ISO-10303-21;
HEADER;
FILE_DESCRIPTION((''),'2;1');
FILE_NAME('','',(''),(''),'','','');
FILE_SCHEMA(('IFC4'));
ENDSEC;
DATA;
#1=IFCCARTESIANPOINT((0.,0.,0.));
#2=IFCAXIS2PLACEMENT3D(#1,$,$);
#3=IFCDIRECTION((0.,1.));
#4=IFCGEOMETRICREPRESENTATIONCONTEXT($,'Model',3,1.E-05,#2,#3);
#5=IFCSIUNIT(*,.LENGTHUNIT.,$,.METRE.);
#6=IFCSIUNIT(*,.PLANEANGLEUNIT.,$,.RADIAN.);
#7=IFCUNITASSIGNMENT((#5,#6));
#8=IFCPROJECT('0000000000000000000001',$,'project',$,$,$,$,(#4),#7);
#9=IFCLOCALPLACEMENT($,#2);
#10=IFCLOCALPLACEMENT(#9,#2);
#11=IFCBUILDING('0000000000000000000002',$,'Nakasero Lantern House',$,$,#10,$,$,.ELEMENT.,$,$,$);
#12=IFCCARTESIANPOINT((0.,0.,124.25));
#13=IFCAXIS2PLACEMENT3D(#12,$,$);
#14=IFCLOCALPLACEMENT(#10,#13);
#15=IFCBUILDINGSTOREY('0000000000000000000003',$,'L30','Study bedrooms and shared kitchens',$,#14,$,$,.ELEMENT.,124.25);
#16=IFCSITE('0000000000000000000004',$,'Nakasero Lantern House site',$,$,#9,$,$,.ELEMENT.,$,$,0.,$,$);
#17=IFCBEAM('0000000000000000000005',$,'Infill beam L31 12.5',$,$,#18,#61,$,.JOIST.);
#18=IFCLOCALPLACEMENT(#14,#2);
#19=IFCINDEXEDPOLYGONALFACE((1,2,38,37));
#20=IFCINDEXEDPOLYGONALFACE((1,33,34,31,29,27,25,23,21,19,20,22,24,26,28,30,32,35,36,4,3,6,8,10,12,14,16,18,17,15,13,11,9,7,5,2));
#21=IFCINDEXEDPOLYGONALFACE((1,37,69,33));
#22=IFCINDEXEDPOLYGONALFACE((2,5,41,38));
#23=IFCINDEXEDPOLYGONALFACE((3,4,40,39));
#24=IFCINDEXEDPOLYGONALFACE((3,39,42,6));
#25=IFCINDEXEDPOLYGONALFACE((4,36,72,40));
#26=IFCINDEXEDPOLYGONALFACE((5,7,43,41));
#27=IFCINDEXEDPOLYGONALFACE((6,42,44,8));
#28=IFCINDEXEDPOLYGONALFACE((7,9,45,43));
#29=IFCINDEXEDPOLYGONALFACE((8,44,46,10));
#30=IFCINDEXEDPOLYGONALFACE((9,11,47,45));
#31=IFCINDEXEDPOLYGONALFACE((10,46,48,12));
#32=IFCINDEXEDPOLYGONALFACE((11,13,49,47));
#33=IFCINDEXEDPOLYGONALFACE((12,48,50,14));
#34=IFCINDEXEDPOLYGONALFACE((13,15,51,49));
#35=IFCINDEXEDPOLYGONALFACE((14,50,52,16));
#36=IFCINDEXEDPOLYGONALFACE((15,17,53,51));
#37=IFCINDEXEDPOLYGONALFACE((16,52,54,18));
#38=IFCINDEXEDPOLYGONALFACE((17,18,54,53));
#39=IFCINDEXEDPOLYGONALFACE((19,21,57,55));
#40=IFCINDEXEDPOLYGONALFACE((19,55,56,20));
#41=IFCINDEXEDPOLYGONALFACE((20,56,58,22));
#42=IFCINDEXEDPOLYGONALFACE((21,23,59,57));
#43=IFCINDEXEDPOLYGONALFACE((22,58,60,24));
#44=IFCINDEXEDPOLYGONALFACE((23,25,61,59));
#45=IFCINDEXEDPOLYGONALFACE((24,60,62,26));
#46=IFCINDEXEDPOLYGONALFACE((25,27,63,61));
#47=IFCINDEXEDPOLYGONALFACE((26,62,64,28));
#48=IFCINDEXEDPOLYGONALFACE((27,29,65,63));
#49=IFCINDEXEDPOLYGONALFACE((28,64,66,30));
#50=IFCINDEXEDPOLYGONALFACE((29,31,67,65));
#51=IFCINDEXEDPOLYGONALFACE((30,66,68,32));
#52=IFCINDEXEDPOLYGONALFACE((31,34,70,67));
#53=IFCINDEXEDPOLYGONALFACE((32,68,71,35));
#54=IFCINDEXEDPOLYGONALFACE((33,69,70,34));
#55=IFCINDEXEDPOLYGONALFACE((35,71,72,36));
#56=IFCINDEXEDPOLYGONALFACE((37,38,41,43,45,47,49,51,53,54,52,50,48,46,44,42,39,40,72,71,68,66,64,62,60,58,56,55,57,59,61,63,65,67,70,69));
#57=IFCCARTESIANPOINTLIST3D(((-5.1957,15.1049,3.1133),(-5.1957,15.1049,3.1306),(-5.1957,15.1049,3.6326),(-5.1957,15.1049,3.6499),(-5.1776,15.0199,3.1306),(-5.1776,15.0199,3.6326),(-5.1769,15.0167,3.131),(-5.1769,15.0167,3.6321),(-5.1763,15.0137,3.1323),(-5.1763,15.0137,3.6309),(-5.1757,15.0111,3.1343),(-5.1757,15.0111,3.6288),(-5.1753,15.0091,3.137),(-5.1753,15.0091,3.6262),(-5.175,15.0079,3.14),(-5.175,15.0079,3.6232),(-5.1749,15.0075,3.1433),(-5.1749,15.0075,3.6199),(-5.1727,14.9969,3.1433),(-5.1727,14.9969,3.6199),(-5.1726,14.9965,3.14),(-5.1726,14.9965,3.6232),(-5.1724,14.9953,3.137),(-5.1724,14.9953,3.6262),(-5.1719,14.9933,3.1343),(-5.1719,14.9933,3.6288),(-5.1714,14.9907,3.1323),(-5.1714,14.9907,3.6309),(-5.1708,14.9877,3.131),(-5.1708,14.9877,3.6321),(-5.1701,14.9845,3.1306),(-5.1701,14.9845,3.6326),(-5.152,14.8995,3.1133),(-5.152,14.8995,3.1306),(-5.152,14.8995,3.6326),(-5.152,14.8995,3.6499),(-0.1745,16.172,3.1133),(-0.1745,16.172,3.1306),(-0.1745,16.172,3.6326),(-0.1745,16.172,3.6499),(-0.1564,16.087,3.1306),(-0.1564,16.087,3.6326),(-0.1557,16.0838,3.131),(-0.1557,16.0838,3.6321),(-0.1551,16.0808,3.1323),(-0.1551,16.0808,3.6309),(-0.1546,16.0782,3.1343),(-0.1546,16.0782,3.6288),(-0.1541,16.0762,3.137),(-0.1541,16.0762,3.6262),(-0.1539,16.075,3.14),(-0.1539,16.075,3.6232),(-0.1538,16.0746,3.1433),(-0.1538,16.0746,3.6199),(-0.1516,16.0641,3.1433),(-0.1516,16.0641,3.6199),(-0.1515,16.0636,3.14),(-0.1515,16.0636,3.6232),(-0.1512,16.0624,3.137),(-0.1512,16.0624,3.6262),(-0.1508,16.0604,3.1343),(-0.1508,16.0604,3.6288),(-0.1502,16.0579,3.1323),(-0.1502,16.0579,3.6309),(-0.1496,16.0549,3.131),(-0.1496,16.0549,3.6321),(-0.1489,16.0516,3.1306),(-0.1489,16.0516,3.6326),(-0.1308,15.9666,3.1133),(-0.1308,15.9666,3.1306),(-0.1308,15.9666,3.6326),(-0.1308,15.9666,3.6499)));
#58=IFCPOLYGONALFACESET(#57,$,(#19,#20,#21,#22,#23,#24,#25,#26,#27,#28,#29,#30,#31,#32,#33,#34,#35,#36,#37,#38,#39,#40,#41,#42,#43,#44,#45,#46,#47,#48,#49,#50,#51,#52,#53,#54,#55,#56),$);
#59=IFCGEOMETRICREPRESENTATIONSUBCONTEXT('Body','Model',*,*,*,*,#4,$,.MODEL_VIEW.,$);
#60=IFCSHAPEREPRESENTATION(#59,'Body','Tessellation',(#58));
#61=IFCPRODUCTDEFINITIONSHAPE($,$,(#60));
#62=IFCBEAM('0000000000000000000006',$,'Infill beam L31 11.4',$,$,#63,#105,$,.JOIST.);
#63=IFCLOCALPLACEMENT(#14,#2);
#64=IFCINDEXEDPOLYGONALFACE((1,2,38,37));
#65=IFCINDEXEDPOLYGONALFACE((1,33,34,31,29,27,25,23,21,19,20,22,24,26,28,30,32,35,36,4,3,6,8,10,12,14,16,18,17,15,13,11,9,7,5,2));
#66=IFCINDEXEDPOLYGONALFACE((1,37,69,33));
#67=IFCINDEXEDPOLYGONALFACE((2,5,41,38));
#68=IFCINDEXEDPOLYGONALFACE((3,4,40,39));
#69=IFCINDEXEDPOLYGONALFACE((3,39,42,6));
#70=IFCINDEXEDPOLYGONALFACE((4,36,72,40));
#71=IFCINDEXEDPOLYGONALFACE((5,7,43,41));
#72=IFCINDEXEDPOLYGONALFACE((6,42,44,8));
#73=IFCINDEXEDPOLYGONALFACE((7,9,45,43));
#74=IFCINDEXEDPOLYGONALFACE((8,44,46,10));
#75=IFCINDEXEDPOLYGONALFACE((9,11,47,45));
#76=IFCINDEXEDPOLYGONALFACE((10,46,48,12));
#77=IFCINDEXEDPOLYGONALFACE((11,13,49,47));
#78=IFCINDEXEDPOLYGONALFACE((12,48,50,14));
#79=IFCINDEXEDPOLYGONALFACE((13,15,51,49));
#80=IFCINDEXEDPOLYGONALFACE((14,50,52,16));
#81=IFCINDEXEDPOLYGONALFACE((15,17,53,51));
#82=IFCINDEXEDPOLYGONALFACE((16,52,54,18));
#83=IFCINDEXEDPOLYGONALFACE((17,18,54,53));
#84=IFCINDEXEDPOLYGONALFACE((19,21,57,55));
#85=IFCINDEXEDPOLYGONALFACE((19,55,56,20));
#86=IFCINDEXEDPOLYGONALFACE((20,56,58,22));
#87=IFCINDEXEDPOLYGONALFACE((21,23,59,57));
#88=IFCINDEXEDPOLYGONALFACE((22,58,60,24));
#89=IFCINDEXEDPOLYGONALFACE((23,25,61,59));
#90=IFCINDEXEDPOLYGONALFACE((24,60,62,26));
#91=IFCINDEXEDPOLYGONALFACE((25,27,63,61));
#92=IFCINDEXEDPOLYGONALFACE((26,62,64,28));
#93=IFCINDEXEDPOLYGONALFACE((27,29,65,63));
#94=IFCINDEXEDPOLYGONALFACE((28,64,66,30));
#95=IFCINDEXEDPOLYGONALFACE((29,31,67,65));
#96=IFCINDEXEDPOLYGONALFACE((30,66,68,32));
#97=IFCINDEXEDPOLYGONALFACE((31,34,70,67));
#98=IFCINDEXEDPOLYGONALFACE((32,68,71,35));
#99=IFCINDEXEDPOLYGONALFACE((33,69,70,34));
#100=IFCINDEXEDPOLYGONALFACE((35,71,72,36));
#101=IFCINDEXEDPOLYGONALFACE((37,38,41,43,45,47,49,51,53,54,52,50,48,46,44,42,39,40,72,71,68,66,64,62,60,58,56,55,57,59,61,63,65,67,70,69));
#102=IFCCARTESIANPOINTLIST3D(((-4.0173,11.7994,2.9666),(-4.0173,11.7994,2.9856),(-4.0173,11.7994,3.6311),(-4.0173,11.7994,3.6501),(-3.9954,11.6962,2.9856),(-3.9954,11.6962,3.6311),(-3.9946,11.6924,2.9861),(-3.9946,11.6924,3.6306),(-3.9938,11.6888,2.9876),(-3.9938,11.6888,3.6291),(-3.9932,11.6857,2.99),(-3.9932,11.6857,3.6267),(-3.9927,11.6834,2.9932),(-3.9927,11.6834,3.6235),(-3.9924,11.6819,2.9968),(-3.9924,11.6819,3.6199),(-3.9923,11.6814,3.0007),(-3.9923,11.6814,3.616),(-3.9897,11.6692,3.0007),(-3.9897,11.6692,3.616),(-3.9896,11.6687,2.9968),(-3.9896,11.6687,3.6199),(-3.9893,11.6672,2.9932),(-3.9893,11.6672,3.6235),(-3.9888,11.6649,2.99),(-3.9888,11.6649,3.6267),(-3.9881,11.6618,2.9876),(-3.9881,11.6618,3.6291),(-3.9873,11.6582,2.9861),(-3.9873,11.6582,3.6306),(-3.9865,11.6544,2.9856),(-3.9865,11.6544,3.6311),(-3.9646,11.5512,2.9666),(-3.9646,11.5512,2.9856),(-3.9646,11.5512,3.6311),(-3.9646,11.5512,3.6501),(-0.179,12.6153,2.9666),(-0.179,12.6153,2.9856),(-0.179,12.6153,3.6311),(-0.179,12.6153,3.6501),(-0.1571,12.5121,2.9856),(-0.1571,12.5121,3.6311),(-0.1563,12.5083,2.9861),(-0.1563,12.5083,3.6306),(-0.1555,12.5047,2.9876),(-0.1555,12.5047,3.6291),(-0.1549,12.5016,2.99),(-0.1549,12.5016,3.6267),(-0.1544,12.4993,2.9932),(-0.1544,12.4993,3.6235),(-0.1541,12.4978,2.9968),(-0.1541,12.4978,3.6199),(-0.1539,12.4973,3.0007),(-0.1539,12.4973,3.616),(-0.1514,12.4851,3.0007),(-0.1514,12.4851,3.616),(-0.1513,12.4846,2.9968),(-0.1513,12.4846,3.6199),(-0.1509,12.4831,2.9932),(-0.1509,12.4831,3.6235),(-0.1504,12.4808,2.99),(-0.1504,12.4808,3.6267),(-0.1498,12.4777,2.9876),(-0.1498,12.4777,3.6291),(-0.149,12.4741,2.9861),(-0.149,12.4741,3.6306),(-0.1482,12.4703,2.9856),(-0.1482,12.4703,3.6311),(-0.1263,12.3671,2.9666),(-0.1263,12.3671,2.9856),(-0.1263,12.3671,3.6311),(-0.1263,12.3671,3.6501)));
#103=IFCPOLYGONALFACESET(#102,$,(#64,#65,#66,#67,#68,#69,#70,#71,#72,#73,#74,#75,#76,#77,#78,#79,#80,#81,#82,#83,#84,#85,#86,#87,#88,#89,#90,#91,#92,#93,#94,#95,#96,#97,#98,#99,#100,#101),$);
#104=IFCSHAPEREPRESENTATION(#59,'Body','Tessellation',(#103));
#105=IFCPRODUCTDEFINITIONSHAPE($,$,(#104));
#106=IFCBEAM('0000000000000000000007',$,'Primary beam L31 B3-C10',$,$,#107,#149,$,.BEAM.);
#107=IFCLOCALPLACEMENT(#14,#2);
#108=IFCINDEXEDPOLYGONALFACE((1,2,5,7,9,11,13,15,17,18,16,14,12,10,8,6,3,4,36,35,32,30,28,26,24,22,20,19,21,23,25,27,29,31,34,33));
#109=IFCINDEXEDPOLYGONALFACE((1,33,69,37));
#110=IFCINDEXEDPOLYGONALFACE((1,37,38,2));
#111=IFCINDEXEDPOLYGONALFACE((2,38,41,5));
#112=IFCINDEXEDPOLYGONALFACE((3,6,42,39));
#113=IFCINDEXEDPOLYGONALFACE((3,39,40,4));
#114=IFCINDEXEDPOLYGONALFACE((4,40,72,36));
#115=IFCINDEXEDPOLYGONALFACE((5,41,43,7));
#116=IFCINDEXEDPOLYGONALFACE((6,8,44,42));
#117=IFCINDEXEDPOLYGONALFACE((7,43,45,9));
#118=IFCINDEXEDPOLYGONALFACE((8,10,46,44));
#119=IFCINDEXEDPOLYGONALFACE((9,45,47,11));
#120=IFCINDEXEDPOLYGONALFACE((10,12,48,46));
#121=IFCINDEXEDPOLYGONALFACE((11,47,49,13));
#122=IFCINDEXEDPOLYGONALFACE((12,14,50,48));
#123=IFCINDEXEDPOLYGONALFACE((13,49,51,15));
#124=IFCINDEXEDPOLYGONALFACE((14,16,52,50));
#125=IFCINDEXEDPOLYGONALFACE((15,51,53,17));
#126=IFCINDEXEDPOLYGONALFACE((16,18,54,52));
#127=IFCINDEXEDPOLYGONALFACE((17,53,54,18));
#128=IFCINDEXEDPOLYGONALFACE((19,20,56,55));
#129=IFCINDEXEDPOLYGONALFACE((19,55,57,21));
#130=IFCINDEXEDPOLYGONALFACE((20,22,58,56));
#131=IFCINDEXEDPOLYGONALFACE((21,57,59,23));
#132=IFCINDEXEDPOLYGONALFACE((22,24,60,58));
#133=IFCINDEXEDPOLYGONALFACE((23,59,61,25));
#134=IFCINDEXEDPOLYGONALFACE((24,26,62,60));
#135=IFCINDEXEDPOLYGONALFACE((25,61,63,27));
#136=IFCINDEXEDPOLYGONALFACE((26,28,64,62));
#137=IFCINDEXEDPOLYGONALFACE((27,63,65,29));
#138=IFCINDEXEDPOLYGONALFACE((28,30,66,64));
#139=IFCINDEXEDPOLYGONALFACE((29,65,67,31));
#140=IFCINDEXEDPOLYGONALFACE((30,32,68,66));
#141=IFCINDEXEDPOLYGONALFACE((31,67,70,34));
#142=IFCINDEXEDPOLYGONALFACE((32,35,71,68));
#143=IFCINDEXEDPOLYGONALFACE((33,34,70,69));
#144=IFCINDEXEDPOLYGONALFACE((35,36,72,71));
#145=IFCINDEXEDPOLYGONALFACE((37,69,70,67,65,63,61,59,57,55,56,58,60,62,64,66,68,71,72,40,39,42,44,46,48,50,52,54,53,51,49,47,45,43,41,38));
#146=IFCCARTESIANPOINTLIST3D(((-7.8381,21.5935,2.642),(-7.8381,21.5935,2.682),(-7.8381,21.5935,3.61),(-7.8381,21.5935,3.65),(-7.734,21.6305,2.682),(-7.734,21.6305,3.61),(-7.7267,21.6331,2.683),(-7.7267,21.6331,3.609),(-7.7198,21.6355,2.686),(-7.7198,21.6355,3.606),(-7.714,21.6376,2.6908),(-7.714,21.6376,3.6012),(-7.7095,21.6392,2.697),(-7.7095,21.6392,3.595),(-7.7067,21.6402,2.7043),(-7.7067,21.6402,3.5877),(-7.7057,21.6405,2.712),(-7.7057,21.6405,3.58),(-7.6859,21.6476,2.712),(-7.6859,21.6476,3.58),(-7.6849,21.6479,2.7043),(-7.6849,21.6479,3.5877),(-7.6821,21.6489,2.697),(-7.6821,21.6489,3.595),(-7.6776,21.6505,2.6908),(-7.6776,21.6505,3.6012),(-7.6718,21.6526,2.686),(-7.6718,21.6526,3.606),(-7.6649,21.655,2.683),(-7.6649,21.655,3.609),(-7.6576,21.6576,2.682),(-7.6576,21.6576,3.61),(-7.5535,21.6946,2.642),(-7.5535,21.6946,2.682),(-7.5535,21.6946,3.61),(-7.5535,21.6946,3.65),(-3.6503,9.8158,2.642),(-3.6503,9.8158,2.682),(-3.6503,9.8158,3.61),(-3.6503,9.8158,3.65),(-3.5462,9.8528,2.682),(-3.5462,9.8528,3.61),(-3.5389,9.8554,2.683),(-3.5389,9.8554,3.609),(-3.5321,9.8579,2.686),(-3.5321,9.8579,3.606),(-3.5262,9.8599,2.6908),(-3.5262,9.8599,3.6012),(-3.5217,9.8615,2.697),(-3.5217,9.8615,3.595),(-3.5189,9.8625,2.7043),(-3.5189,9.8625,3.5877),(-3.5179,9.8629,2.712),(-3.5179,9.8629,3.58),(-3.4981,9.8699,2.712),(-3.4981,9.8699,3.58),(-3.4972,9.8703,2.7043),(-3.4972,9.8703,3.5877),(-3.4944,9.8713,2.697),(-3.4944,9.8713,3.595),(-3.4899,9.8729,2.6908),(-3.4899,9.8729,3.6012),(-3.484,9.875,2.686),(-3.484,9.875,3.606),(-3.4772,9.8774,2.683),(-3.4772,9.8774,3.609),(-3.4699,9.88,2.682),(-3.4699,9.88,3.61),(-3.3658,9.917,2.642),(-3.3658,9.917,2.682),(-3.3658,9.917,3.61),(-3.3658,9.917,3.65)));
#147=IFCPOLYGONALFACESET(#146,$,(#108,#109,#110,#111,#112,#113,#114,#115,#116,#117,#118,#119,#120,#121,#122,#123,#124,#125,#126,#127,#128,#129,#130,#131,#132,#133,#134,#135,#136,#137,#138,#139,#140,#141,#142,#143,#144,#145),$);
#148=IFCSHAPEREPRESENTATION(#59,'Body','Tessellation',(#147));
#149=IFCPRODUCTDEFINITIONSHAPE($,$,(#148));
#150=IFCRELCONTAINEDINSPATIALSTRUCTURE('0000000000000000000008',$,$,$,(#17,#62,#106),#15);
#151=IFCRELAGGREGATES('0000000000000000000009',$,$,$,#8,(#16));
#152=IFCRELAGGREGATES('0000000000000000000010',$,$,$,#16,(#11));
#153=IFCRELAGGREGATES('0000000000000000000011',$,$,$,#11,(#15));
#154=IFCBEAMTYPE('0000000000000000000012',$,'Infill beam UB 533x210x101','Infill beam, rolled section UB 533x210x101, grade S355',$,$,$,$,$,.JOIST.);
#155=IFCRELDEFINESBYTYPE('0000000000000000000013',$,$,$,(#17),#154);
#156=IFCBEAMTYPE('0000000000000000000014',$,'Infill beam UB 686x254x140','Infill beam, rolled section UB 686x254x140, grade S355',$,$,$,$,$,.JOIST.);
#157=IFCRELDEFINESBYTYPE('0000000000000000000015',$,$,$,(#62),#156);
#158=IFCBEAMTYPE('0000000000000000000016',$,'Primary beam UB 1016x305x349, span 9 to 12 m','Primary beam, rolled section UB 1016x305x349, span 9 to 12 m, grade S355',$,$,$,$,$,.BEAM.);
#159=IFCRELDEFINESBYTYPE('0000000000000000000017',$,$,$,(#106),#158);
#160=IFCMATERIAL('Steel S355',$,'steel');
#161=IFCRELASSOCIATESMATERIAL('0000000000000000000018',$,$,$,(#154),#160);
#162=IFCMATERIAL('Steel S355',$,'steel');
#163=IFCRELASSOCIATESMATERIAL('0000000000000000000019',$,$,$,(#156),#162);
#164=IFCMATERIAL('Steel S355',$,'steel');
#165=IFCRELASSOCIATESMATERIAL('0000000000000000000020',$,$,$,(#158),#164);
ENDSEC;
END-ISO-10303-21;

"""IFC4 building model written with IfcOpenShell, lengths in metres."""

from ifc_helpers import new_model, si_unit, direction, frame, origin, origin_2d, place, context, subcontext, project, spatial, i_section, extrude, material, material_profile, profile_set, type_object, element, save


model = new_model("IFC4")

# Units and contexts
model_context = context("Model", 3, precision=1e-05, world=origin(), true_north=direction((0.0, 1.0)))
body_context = subcontext(model_context, "Body", "Model", "MODEL_VIEW")
ifc_project = project(units=[si_unit("LENGTHUNIT", "METRE"), si_unit("PLANEANGLEUNIT", "RADIAN")], contexts=[model_context])

# Site, building, storey
site_placement = place(None, origin())
site = spatial("IfcSite", under=ifc_project, at=site_placement, Name="Nakasero Lantern House site", CompositionType="ELEMENT", RefElevation=0.0)
building_placement = place(site_placement, origin())
building = spatial("IfcBuilding", under=site, at=building_placement, Name="Nakasero Lantern House", CompositionType="ELEMENT")
storey_placement = place(building_placement, frame((0.0, 0.0, 124.25)))
storey = spatial("IfcBuildingStorey", under=building, at=storey_placement, Name="L30", Description="Study bedrooms and shared kitchens", CompositionType="ELEMENT", Elevation=124.25)

# Beams
ifc_material_1 = material(Name="Steel S355", Category="steel")
ifc_material_profile_1 = material_profile(ifc_material_1, i_section(OverallWidth=0.21, OverallDepth=0.5366, WebThickness=0.0107, FlangeThickness=0.0173, FilletRadius=0.0127, at=origin_2d()), Name="UB 533x210x101")
ifc_profile_set_1 = profile_set([ifc_material_profile_1], Name="Steel S355")
beam_type_1 = type_object("IfcBeamType", Name="Infill beam UB 533x210x101", Description="Infill beam, rolled section UB 533x210x101, grade S355", PredefinedType="JOIST", material=ifc_profile_set_1)
beam_1_placement = place(storey_placement, frame((-5.1738, 15.0022, 3.3816), z_axis=(0.978154, 0.207882, 0.0), x_axis=(-0.207882, 0.978154, 0.0)))
element("IfcBeam", 1, at=beam_1_placement, inside=storey, type_object=beam_type_1, Name="Infill beam L31 12.5", PredefinedType="JOIST", context=body_context, shape_type="SweptSolid", body=[
    extrude(i_section(OverallWidth=0.21, OverallDepth=0.5366, WebThickness=0.0107, FlangeThickness=0.0173, FilletRadius=0.0127, at=origin_2d()), origin(), (0.0, 0.0, 1.0), 5.1333),
])
ifc_material_2 = material(Name="Steel S355", Category="steel")
ifc_material_profile_2 = material_profile(ifc_material_2, i_section(OverallWidth=0.2537, OverallDepth=0.6836, WebThickness=0.0125, FlangeThickness=0.019, FilletRadius=0.0151, at=origin_2d()), Name="UB 686x254x140")
ifc_profile_set_2 = profile_set([ifc_material_profile_2], Name="Steel S355")
beam_type_2 = type_object("IfcBeamType", Name="Infill beam UB 686x254x140", Description="Infill beam, rolled section UB 686x254x140, grade S355", PredefinedType="JOIST", material=ifc_profile_set_2)
beam_2_placement = place(storey_placement, frame((-3.991, 11.6753, 3.3083), z_axis=(0.978145, 0.207923, 0.0), x_axis=(-0.207923, 0.978145, 0.0)))
element("IfcBeam", 2, at=beam_2_placement, inside=storey, type_object=beam_type_2, Name="Infill beam L31 11.4", PredefinedType="JOIST", context=body_context, shape_type="SweptSolid", body=[
    extrude(i_section(OverallWidth=0.2537, OverallDepth=0.6836, WebThickness=0.0125, FlangeThickness=0.019, FilletRadius=0.0151, at=origin_2d()), origin(), (0.0, 0.0, 1.0), 3.9241),
])
ifc_material_3 = material(Name="Steel S355", Category="steel")
ifc_material_profile_3 = material_profile(ifc_material_3, i_section(OverallWidth=0.302, OverallDepth=1.0081, WebThickness=0.021, FlangeThickness=0.04, FilletRadius=0.03, at=origin_2d()), Name="UB 1016x305x349")
ifc_profile_set_3 = profile_set([ifc_material_profile_3], Name="Steel S355")
beam_type_3 = type_object("IfcBeamType", Name="Primary beam UB 1016x305x349, span 9 to 12 m", Description="Primary beam, rolled section UB 1016x305x349, span 9 to 12 m, grade S355", PredefinedType="BEAM", material=ifc_profile_set_3)
beam_3_placement = place(storey_placement, frame((-7.6958, 21.644, 3.146), z_axis=(0.335021, -0.942211, 0.0), x_axis=(0.942211, 0.335021, 0.0)))
element("IfcBeam", 3, at=beam_3_placement, inside=storey, type_object=beam_type_3, Name="Primary beam L31 B3-C10", PredefinedType="BEAM", context=body_context, shape_type="SweptSolid", body=[
    extrude(i_section(OverallWidth=0.302, OverallDepth=1.0081, WebThickness=0.021, FlangeThickness=0.04, FilletRadius=0.03, at=origin_2d()), origin(), (0.0, 0.0, 1.0), 12.5),
])

save(model, "model.ifc")
